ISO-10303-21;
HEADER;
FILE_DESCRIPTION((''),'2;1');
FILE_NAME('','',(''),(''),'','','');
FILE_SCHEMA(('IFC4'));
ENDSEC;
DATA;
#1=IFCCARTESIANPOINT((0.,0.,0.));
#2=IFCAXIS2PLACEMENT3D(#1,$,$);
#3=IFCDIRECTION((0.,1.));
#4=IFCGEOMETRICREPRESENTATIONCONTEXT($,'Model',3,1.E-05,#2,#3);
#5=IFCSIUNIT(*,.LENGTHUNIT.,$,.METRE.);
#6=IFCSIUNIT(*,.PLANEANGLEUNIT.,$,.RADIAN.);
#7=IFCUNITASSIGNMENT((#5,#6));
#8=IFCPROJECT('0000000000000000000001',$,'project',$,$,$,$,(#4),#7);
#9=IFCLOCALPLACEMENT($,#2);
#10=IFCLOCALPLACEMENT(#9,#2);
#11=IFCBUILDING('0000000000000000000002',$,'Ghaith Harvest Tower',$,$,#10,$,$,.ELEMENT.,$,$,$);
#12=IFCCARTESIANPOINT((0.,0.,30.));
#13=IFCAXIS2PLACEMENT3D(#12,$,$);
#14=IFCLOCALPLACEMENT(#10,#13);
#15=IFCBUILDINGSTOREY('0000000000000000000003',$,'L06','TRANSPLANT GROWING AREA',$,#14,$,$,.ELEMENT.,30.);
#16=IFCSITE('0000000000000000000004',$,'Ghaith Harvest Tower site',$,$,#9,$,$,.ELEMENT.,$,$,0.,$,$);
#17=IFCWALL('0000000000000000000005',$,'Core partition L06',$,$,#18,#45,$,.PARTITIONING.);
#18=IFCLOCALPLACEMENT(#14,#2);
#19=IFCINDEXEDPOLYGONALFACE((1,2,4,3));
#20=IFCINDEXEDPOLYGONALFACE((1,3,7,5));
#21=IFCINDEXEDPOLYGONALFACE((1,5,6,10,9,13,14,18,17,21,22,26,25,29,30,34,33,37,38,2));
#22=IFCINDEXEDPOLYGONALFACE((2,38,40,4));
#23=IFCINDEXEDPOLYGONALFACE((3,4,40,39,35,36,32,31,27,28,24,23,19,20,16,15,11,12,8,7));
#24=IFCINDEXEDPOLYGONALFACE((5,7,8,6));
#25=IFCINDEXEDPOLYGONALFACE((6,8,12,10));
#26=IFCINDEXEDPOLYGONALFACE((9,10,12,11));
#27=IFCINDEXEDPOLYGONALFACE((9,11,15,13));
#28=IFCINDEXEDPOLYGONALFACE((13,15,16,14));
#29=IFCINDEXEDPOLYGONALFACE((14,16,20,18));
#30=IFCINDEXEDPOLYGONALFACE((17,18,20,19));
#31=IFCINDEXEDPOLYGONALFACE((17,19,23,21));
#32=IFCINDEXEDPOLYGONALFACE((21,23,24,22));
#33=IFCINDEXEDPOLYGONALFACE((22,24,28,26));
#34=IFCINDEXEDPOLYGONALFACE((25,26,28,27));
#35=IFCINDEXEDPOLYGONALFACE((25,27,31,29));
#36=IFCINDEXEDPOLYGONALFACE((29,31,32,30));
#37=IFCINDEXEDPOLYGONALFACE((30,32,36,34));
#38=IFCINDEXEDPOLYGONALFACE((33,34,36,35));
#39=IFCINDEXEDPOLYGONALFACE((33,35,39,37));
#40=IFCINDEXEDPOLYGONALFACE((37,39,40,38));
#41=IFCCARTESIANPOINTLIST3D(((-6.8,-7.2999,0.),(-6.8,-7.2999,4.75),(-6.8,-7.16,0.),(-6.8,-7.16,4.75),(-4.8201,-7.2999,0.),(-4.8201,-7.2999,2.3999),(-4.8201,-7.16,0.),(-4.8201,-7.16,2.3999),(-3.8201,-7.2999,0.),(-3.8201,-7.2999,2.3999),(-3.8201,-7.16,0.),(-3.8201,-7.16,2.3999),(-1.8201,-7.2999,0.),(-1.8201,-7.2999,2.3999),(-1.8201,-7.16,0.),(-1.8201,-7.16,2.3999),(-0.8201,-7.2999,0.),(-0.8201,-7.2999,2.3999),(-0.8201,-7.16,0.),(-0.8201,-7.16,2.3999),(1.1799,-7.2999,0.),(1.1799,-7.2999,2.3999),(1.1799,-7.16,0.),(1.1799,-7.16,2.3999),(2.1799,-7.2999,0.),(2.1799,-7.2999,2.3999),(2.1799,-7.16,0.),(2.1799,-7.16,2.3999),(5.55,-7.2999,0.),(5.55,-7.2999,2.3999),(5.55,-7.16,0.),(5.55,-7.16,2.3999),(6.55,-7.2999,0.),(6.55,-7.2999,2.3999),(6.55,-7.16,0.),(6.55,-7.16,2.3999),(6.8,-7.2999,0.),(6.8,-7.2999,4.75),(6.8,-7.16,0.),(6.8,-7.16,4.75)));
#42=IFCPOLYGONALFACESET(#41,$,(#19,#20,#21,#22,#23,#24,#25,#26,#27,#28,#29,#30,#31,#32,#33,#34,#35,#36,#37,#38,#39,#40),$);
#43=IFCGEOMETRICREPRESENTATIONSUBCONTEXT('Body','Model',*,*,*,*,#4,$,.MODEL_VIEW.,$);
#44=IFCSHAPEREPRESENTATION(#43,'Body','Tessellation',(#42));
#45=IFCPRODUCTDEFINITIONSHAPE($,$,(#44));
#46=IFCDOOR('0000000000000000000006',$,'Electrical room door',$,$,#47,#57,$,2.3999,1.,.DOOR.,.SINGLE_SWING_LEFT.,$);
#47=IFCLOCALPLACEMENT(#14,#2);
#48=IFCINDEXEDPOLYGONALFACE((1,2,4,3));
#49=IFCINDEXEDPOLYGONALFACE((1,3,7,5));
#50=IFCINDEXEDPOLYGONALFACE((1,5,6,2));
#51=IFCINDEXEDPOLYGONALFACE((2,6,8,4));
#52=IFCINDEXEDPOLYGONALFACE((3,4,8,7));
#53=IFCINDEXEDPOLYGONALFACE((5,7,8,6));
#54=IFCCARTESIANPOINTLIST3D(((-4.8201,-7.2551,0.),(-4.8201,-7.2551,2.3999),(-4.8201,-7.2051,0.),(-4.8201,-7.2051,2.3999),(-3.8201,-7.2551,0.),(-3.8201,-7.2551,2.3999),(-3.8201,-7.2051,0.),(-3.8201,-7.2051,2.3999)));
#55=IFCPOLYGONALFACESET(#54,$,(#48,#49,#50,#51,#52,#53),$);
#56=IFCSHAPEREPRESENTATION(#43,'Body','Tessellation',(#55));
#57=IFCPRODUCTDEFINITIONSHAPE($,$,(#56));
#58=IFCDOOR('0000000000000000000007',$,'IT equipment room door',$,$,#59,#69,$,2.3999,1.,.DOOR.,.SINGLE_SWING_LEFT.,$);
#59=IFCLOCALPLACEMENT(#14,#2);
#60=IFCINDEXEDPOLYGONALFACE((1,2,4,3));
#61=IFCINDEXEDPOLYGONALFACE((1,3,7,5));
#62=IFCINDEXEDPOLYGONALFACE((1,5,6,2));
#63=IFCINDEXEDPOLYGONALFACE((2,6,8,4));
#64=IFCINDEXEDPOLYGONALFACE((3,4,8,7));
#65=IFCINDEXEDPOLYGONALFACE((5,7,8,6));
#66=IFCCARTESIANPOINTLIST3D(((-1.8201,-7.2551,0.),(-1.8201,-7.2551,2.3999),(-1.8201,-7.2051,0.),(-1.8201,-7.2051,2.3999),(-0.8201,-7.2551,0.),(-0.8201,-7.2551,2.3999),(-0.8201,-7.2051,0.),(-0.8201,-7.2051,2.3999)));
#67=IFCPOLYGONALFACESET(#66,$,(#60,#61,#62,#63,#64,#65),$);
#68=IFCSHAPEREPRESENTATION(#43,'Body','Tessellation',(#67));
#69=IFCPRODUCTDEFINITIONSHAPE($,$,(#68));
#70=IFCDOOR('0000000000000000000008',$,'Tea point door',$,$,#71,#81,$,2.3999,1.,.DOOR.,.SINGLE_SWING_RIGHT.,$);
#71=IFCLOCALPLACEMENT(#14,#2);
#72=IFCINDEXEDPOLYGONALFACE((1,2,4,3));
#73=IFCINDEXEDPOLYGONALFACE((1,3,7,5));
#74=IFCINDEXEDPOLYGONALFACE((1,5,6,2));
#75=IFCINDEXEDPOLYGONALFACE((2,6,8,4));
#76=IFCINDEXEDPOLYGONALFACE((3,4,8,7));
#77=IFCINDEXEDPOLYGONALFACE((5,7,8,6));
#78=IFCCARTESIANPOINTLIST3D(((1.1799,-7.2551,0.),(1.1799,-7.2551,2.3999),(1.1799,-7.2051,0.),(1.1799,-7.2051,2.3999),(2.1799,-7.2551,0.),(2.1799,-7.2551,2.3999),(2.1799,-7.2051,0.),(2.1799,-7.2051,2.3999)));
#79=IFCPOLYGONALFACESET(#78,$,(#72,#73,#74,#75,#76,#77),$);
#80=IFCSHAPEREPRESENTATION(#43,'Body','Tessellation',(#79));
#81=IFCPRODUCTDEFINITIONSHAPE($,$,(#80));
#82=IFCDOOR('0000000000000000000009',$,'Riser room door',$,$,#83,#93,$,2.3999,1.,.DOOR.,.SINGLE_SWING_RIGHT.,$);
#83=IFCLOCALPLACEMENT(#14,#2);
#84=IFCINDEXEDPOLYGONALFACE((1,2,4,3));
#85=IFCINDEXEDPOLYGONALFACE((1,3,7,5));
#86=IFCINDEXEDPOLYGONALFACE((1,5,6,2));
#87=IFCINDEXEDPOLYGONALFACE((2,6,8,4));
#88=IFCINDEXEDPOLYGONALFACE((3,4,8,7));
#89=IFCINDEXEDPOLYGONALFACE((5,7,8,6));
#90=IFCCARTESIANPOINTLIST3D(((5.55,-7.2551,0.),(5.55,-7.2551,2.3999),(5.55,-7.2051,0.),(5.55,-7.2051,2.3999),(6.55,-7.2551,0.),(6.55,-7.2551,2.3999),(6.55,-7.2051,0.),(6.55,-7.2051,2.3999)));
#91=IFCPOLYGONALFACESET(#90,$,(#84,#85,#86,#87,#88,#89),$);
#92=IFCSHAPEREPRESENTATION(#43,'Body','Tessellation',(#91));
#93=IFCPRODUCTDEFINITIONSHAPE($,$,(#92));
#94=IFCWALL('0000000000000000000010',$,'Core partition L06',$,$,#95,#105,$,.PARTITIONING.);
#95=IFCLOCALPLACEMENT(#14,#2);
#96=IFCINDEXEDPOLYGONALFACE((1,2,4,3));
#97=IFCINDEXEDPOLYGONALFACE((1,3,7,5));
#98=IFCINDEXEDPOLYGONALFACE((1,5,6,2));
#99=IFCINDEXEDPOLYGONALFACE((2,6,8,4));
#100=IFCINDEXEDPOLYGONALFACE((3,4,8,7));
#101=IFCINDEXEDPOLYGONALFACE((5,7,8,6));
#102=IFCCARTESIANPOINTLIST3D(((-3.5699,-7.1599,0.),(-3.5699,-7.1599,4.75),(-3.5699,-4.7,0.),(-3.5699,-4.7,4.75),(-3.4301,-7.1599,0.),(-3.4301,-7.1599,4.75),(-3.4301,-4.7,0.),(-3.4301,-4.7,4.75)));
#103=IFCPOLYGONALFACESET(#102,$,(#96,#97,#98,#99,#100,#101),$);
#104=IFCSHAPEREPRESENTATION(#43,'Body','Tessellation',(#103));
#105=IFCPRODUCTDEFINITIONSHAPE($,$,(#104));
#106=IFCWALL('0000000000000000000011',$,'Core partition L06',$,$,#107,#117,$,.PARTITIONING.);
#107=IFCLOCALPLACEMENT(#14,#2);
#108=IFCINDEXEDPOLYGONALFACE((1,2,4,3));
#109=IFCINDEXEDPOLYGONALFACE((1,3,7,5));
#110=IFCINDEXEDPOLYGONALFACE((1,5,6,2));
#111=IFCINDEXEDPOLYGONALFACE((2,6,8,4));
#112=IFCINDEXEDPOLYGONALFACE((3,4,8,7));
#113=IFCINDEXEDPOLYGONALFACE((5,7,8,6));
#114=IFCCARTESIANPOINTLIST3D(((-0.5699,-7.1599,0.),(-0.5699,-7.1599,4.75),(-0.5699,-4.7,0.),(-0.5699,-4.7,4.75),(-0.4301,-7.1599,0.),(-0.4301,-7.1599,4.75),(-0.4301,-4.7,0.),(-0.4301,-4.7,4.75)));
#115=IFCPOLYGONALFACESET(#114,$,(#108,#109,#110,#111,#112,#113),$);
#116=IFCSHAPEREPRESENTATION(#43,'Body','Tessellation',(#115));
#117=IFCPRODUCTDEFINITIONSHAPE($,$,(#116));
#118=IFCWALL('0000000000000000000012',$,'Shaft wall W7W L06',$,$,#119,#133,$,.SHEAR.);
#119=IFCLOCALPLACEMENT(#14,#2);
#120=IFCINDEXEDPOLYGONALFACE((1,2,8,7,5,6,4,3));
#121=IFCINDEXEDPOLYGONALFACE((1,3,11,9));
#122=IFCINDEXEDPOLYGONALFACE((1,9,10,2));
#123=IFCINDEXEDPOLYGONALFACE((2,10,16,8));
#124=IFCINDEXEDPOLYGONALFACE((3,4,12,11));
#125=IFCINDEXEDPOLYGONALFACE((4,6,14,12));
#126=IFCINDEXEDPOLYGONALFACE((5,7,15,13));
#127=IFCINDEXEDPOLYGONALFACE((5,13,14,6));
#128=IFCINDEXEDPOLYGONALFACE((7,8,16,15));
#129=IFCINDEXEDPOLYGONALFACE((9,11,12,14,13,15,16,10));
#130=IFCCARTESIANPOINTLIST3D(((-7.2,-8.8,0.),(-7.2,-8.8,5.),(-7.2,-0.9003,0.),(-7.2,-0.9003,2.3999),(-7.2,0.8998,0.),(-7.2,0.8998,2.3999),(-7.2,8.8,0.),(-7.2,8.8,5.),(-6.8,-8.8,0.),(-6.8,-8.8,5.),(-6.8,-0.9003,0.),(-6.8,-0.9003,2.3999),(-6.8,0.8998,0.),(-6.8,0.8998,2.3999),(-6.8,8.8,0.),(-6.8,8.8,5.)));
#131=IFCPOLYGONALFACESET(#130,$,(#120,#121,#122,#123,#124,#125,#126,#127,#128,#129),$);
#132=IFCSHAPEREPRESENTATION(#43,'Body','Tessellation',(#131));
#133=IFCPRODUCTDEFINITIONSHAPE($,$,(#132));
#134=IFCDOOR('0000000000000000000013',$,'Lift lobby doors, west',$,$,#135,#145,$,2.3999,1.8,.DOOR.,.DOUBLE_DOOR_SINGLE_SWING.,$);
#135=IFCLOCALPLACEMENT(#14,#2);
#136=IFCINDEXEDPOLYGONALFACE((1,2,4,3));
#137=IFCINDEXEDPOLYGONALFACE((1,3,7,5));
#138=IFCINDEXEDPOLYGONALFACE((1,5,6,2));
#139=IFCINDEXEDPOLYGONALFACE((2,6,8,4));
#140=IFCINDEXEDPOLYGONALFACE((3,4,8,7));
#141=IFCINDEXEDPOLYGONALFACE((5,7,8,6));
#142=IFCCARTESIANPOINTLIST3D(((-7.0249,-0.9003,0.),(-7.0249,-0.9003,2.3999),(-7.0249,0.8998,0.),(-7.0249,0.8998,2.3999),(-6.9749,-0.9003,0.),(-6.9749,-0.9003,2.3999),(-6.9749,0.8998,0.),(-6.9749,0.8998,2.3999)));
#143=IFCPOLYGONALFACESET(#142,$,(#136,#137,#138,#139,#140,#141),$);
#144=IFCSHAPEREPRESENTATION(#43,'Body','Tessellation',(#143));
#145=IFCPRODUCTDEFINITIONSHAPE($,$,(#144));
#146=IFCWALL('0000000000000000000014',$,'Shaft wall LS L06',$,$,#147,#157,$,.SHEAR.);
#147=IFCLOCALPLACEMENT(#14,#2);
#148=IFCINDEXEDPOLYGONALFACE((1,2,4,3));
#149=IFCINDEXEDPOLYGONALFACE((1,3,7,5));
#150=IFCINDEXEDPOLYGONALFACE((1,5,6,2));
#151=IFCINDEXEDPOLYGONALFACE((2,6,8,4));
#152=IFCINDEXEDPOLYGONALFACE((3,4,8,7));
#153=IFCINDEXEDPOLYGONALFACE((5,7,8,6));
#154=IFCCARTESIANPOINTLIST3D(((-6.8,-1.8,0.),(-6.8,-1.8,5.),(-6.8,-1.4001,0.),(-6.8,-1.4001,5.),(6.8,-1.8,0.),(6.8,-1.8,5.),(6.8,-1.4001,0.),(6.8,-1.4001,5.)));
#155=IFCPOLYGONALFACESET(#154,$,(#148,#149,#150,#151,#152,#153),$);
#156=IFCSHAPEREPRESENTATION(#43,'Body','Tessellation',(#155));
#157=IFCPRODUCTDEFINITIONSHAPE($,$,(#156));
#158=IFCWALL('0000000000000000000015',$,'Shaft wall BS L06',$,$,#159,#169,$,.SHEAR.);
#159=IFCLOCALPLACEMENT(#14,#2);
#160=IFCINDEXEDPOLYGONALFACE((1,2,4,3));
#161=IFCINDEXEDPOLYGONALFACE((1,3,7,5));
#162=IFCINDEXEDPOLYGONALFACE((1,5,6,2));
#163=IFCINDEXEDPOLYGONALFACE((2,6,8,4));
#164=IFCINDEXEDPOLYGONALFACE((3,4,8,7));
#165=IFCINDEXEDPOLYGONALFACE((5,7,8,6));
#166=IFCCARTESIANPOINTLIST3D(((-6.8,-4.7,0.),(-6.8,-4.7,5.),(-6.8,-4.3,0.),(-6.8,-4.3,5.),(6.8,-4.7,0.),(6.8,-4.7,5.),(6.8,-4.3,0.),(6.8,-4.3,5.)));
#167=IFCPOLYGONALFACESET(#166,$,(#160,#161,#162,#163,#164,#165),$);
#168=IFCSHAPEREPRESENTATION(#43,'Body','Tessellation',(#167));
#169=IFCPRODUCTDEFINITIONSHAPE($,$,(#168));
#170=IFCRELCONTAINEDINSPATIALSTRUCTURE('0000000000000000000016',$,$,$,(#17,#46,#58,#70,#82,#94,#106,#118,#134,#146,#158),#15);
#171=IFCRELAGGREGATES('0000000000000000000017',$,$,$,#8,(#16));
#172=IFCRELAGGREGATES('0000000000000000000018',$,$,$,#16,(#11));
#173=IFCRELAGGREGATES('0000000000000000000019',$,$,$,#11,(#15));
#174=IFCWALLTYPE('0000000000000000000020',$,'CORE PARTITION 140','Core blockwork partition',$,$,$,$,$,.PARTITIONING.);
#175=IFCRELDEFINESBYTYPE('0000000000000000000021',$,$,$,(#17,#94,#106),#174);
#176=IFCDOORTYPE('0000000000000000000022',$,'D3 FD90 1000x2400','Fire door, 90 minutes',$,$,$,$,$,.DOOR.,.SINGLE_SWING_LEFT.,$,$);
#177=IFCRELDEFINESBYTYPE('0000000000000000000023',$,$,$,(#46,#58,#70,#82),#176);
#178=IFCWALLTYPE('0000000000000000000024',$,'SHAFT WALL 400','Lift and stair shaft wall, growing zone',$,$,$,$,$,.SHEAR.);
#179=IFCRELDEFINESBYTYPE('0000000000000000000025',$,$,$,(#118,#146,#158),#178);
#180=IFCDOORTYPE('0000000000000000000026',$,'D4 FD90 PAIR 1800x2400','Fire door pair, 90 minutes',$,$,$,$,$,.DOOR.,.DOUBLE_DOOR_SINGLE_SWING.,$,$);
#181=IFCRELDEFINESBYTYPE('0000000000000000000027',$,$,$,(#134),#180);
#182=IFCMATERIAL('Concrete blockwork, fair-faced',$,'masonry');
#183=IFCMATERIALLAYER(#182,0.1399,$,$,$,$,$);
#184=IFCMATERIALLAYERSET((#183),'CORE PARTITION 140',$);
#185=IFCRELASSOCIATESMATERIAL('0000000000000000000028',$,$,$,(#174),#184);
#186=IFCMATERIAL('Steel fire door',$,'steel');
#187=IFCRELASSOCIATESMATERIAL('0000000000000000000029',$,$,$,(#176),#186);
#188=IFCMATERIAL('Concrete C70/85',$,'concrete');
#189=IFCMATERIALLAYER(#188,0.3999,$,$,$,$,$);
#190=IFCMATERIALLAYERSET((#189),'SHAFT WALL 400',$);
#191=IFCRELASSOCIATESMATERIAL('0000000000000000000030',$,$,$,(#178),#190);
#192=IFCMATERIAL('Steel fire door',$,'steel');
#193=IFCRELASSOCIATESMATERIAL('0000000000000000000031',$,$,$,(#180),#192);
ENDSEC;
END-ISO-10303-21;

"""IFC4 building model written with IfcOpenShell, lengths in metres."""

from ifc_helpers import new_model, si_unit, direction, frame, frame_2d, origin, place, context, subcontext, project, spatial, rectangle, extrude, material, layer, layer_set, type_object, element, fill, save


model = new_model("IFC4")

# Units and contexts
model_context = context("Model", 3, precision=1e-05, world=origin(), true_north=direction((0.0, 1.0)))
body_context = subcontext(model_context, "Body", "Model", "MODEL_VIEW")
ifc_project = project(units=[si_unit("LENGTHUNIT", "METRE"), si_unit("PLANEANGLEUNIT", "RADIAN")], contexts=[model_context])

# Site, building, storey
site_placement = place(None, origin())
site = spatial("IfcSite", under=ifc_project, at=site_placement, Name="Ghaith Harvest Tower site", CompositionType="ELEMENT", RefElevation=0.0)
building_placement = place(site_placement, origin())
building = spatial("IfcBuilding", under=site, at=building_placement, Name="Ghaith Harvest Tower", CompositionType="ELEMENT")
storey_placement = place(building_placement, frame((0.0, 0.0, 30.0)))
storey = spatial("IfcBuildingStorey", under=building, at=storey_placement, Name="L06", Description="TRANSPLANT GROWING AREA", CompositionType="ELEMENT", Elevation=30.0)

# Wall, openings, doors
ifc_material_1 = material(Name="Concrete blockwork, fair-faced", Category="masonry")
ifc_layer_1 = layer(ifc_material_1, 0.1399)
ifc_layer_set_1 = layer_set([ifc_layer_1], Name="CORE PARTITION 140")
wall_type_1 = type_object("IfcWallType", Name="CORE PARTITION 140", Description="Core blockwork partition", PredefinedType="PARTITIONING", material=ifc_layer_set_1)
wall_1_placement = place(storey_placement, frame((-6.8, -7.23, 0.0), z_axis=(0.0, 0.0, 1.0), x_axis=(1.0, 0.0, 0.0)))
wall_1 = element("IfcWall", 1, at=wall_1_placement, inside=storey, type_object=wall_type_1, Name="Core partition L06", PredefinedType="PARTITIONING", context=body_context, shape_type="SweptSolid", body=[
    extrude(rectangle(XDim=13.6001, YDim=0.1399, at=frame_2d((6.8, 0.0))), origin(), (0.0, 0.0, 1.0), 4.75),
])
opening_1_placement = place(wall_1_placement, frame((1.98, 0.0, 0.0)))
opening_1 = element("IfcOpeningElement", 2, at=opening_1_placement, cuts=wall_1, PredefinedType="OPENING", context=body_context, shape_type="SweptSolid", body=[
    extrude(rectangle(XDim=1.0, YDim=2.3999, at=frame_2d((0.5, 1.2))), frame((0.0, 0.0801, 0.0), z_axis=(0.0, -1.0, 0.0), x_axis=(1.0, 0.0, 0.0)), (0.0, 0.0, 1.0), 0.1599),
])
opening_2_placement = place(wall_1_placement, frame((4.98, 0.0, 0.0)))
opening_2 = element("IfcOpeningElement", 3, at=opening_2_placement, cuts=wall_1, PredefinedType="OPENING", context=body_context, shape_type="SweptSolid", body=[
    extrude(rectangle(XDim=1.0, YDim=2.3999, at=frame_2d((0.5, 1.2))), frame((0.0, 0.0801, 0.0), z_axis=(0.0, -1.0, 0.0), x_axis=(1.0, 0.0, 0.0)), (0.0, 0.0, 1.0), 0.1599),
])
opening_3_placement = place(wall_1_placement, frame((7.98, 0.0, 0.0)))
opening_3 = element("IfcOpeningElement", 4, at=opening_3_placement, cuts=wall_1, PredefinedType="OPENING", context=body_context, shape_type="SweptSolid", body=[
    extrude(rectangle(XDim=1.0, YDim=2.3999, at=frame_2d((0.5, 1.2))), frame((0.0, 0.0801, 0.0), z_axis=(0.0, -1.0, 0.0), x_axis=(1.0, 0.0, 0.0)), (0.0, 0.0, 1.0), 0.1599),
])
opening_4_placement = place(wall_1_placement, frame((12.3501, 0.0, 0.0)))
opening_4 = element("IfcOpeningElement", 5, at=opening_4_placement, cuts=wall_1, PredefinedType="OPENING", context=body_context, shape_type="SweptSolid", body=[
    extrude(rectangle(XDim=1.0, YDim=2.3999, at=frame_2d((0.5, 1.2))), frame((0.0, 0.0801, 0.0), z_axis=(0.0, -1.0, 0.0), x_axis=(1.0, 0.0, 0.0)), (0.0, 0.0, 1.0), 0.1599),
])
ifc_material_2 = material(Name="Steel fire door", Category="steel")
door_type_1 = type_object("IfcDoorType", Name="D3 FD90 1000x2400", Description="Fire door, 90 minutes", OperationType="SINGLE_SWING_LEFT", PredefinedType="DOOR", material=ifc_material_2)
door_1_placement = place(opening_1_placement, origin())
door_1 = element("IfcDoor", 6, at=door_1_placement, inside=storey, type_object=door_type_1, Name="Electrical room door", OperationType="SINGLE_SWING_LEFT", OverallHeight=2.3999, OverallWidth=1.0, PredefinedType="DOOR", context=body_context, shape_type="SweptSolid", body=[
    extrude(rectangle(XDim=1.0, YDim=2.3999, at=frame_2d((0.5, 1.2))), frame((0.0, 0.0249, 0.0), z_axis=(0.0, -1.0, 0.0), x_axis=(1.0, 0.0, 0.0)), (0.0, 0.0, 1.0), 0.05),
])
fill(opening_1, door_1)
door_2_placement = place(opening_2_placement, origin())
door_2 = element("IfcDoor", 7, at=door_2_placement, inside=storey, type_object=door_type_1, Name="IT equipment room door", OperationType="SINGLE_SWING_LEFT", OverallHeight=2.3999, OverallWidth=1.0, PredefinedType="DOOR", context=body_context, shape_type="SweptSolid", body=[
    extrude(rectangle(XDim=1.0, YDim=2.3999, at=frame_2d((0.5, 1.2))), frame((0.0, 0.0249, 0.0), z_axis=(0.0, -1.0, 0.0), x_axis=(1.0, 0.0, 0.0)), (0.0, 0.0, 1.0), 0.05),
])
fill(opening_2, door_2)
door_3_placement = place(opening_3_placement, origin())
door_3 = element("IfcDoor", 8, at=door_3_placement, inside=storey, type_object=door_type_1, Name="Tea point door", OperationType="SINGLE_SWING_RIGHT", OverallHeight=2.3999, OverallWidth=1.0, PredefinedType="DOOR", context=body_context, shape_type="SweptSolid", body=[
    extrude(rectangle(XDim=1.0, YDim=2.3999, at=frame_2d((0.5, 1.2))), frame((0.0, 0.0249, 0.0), z_axis=(0.0, -1.0, 0.0), x_axis=(1.0, 0.0, 0.0)), (0.0, 0.0, 1.0), 0.05),
])
fill(opening_3, door_3)
door_4_placement = place(opening_4_placement, origin())
door_4 = element("IfcDoor", 9, at=door_4_placement, inside=storey, type_object=door_type_1, Name="Riser room door", OperationType="SINGLE_SWING_RIGHT", OverallHeight=2.3999, OverallWidth=1.0, PredefinedType="DOOR", context=body_context, shape_type="SweptSolid", body=[
    extrude(rectangle(XDim=1.0, YDim=2.3999, at=frame_2d((0.5, 1.2))), frame((0.0, 0.0249, 0.0), z_axis=(0.0, -1.0, 0.0), x_axis=(1.0, 0.0, 0.0)), (0.0, 0.0, 1.0), 0.05),
])
fill(opening_4, door_4)

# Walls
for number, where, z_axis, x_axis, name in (
    (10, (-3.5, -4.7, 0.0), (0.0, 0.0, 1.0), (0.0, -1.0, 0.0), "Core partition L06"),
    (11, (-0.5, -4.7, 0.0), (0.0, 0.0, 1.0), (0.0, -1.0, 0.0), "Core partition L06"),
):
    element("IfcWall", number, at=place(storey_placement, frame(where, z_axis=z_axis, x_axis=x_axis)), inside=storey, type_object=wall_type_1, Name=name, PredefinedType="PARTITIONING", context=body_context, shape_type="SweptSolid", body=[
        extrude(rectangle(XDim=2.46, YDim=0.1399, at=frame_2d((1.23, 0.0))), origin(), (0.0, 0.0, 1.0), 4.75),
    ])

# Wall, opening, door
ifc_material_3 = material(Name="Concrete C70/85", Category="concrete")
ifc_layer_2 = layer(ifc_material_3, 0.3999)
ifc_layer_set_2 = layer_set([ifc_layer_2], Name="SHAFT WALL 400")
wall_type_2 = type_object("IfcWallType", Name="SHAFT WALL 400", Description="Lift and stair shaft wall, growing zone", PredefinedType="SHEAR", material=ifc_layer_set_2)
wall_2_placement = place(storey_placement, frame((-7.0, -8.8, 0.0), z_axis=(0.0, 0.0, 1.0), x_axis=(0.0, 1.0, 0.0)))
wall_2 = element("IfcWall", 12, at=wall_2_placement, inside=storey, type_object=wall_type_2, Name="Shaft wall W7W L06", PredefinedType="SHEAR", context=body_context, shape_type="SweptSolid", body=[
    extrude(rectangle(XDim=17.6001, YDim=0.3999, at=frame_2d((8.8, 0.0))), origin(), (0.0, 0.0, 1.0), 5.0),
])
opening_5_placement = place(wall_2_placement, frame((7.8999, 0.0, 0.0)))
opening_5 = element("IfcOpeningElement", 13, at=opening_5_placement, cuts=wall_2, PredefinedType="OPENING", context=body_context, shape_type="SweptSolid", body=[
    extrude(rectangle(XDim=1.8, YDim=2.3999, at=frame_2d((0.8999, 1.2))), frame((0.0, 0.21, 0.0), z_axis=(0.0, -1.0, 0.0), x_axis=(1.0, 0.0, 0.0)), (0.0, 0.0, 1.0), 0.4199),
])
ifc_material_4 = material(Name="Steel fire door", Category="steel")
door_type_2 = type_object("IfcDoorType", Name="D4 FD90 PAIR 1800x2400", Description="Fire door pair, 90 minutes", OperationType="DOUBLE_DOOR_SINGLE_SWING", PredefinedType="DOOR", material=ifc_material_4)
door_5_placement = place(opening_5_placement, origin())
door_5 = element("IfcDoor", 14, at=door_5_placement, inside=storey, type_object=door_type_2, Name="Lift lobby doors, west", OperationType="DOUBLE_DOOR_SINGLE_SWING", OverallHeight=2.3999, OverallWidth=1.8, PredefinedType="DOOR", context=body_context, shape_type="SweptSolid", body=[
    extrude(rectangle(XDim=1.8, YDim=2.3999, at=frame_2d((0.8999, 1.2))), frame((0.0, 0.0249, 0.0), z_axis=(0.0, -1.0, 0.0), x_axis=(1.0, 0.0, 0.0)), (0.0, 0.0, 1.0), 0.05),
])
fill(opening_5, door_5)

# Walls
for number, where, z_axis, x_axis, name in (
    (15, (-6.8, -1.6001, 0.0), (0.0, 0.0, 1.0), (1.0, 0.0, 0.0), "Shaft wall LS L06"),
    (16, (-6.8, -4.5, 0.0), (0.0, 0.0, 1.0), (1.0, 0.0, 0.0), "Shaft wall BS L06"),
):
    element("IfcWall", number, at=place(storey_placement, frame(where, z_axis=z_axis, x_axis=x_axis)), inside=storey, type_object=wall_type_2, Name=name, PredefinedType="SHEAR", context=body_context, shape_type="SweptSolid", body=[
        extrude(rectangle(XDim=13.6001, YDim=0.3999, at=frame_2d((6.8, 0.0))), origin(), (0.0, 0.0, 1.0), 5.0),
    ])

save(model, "model.ifc")
